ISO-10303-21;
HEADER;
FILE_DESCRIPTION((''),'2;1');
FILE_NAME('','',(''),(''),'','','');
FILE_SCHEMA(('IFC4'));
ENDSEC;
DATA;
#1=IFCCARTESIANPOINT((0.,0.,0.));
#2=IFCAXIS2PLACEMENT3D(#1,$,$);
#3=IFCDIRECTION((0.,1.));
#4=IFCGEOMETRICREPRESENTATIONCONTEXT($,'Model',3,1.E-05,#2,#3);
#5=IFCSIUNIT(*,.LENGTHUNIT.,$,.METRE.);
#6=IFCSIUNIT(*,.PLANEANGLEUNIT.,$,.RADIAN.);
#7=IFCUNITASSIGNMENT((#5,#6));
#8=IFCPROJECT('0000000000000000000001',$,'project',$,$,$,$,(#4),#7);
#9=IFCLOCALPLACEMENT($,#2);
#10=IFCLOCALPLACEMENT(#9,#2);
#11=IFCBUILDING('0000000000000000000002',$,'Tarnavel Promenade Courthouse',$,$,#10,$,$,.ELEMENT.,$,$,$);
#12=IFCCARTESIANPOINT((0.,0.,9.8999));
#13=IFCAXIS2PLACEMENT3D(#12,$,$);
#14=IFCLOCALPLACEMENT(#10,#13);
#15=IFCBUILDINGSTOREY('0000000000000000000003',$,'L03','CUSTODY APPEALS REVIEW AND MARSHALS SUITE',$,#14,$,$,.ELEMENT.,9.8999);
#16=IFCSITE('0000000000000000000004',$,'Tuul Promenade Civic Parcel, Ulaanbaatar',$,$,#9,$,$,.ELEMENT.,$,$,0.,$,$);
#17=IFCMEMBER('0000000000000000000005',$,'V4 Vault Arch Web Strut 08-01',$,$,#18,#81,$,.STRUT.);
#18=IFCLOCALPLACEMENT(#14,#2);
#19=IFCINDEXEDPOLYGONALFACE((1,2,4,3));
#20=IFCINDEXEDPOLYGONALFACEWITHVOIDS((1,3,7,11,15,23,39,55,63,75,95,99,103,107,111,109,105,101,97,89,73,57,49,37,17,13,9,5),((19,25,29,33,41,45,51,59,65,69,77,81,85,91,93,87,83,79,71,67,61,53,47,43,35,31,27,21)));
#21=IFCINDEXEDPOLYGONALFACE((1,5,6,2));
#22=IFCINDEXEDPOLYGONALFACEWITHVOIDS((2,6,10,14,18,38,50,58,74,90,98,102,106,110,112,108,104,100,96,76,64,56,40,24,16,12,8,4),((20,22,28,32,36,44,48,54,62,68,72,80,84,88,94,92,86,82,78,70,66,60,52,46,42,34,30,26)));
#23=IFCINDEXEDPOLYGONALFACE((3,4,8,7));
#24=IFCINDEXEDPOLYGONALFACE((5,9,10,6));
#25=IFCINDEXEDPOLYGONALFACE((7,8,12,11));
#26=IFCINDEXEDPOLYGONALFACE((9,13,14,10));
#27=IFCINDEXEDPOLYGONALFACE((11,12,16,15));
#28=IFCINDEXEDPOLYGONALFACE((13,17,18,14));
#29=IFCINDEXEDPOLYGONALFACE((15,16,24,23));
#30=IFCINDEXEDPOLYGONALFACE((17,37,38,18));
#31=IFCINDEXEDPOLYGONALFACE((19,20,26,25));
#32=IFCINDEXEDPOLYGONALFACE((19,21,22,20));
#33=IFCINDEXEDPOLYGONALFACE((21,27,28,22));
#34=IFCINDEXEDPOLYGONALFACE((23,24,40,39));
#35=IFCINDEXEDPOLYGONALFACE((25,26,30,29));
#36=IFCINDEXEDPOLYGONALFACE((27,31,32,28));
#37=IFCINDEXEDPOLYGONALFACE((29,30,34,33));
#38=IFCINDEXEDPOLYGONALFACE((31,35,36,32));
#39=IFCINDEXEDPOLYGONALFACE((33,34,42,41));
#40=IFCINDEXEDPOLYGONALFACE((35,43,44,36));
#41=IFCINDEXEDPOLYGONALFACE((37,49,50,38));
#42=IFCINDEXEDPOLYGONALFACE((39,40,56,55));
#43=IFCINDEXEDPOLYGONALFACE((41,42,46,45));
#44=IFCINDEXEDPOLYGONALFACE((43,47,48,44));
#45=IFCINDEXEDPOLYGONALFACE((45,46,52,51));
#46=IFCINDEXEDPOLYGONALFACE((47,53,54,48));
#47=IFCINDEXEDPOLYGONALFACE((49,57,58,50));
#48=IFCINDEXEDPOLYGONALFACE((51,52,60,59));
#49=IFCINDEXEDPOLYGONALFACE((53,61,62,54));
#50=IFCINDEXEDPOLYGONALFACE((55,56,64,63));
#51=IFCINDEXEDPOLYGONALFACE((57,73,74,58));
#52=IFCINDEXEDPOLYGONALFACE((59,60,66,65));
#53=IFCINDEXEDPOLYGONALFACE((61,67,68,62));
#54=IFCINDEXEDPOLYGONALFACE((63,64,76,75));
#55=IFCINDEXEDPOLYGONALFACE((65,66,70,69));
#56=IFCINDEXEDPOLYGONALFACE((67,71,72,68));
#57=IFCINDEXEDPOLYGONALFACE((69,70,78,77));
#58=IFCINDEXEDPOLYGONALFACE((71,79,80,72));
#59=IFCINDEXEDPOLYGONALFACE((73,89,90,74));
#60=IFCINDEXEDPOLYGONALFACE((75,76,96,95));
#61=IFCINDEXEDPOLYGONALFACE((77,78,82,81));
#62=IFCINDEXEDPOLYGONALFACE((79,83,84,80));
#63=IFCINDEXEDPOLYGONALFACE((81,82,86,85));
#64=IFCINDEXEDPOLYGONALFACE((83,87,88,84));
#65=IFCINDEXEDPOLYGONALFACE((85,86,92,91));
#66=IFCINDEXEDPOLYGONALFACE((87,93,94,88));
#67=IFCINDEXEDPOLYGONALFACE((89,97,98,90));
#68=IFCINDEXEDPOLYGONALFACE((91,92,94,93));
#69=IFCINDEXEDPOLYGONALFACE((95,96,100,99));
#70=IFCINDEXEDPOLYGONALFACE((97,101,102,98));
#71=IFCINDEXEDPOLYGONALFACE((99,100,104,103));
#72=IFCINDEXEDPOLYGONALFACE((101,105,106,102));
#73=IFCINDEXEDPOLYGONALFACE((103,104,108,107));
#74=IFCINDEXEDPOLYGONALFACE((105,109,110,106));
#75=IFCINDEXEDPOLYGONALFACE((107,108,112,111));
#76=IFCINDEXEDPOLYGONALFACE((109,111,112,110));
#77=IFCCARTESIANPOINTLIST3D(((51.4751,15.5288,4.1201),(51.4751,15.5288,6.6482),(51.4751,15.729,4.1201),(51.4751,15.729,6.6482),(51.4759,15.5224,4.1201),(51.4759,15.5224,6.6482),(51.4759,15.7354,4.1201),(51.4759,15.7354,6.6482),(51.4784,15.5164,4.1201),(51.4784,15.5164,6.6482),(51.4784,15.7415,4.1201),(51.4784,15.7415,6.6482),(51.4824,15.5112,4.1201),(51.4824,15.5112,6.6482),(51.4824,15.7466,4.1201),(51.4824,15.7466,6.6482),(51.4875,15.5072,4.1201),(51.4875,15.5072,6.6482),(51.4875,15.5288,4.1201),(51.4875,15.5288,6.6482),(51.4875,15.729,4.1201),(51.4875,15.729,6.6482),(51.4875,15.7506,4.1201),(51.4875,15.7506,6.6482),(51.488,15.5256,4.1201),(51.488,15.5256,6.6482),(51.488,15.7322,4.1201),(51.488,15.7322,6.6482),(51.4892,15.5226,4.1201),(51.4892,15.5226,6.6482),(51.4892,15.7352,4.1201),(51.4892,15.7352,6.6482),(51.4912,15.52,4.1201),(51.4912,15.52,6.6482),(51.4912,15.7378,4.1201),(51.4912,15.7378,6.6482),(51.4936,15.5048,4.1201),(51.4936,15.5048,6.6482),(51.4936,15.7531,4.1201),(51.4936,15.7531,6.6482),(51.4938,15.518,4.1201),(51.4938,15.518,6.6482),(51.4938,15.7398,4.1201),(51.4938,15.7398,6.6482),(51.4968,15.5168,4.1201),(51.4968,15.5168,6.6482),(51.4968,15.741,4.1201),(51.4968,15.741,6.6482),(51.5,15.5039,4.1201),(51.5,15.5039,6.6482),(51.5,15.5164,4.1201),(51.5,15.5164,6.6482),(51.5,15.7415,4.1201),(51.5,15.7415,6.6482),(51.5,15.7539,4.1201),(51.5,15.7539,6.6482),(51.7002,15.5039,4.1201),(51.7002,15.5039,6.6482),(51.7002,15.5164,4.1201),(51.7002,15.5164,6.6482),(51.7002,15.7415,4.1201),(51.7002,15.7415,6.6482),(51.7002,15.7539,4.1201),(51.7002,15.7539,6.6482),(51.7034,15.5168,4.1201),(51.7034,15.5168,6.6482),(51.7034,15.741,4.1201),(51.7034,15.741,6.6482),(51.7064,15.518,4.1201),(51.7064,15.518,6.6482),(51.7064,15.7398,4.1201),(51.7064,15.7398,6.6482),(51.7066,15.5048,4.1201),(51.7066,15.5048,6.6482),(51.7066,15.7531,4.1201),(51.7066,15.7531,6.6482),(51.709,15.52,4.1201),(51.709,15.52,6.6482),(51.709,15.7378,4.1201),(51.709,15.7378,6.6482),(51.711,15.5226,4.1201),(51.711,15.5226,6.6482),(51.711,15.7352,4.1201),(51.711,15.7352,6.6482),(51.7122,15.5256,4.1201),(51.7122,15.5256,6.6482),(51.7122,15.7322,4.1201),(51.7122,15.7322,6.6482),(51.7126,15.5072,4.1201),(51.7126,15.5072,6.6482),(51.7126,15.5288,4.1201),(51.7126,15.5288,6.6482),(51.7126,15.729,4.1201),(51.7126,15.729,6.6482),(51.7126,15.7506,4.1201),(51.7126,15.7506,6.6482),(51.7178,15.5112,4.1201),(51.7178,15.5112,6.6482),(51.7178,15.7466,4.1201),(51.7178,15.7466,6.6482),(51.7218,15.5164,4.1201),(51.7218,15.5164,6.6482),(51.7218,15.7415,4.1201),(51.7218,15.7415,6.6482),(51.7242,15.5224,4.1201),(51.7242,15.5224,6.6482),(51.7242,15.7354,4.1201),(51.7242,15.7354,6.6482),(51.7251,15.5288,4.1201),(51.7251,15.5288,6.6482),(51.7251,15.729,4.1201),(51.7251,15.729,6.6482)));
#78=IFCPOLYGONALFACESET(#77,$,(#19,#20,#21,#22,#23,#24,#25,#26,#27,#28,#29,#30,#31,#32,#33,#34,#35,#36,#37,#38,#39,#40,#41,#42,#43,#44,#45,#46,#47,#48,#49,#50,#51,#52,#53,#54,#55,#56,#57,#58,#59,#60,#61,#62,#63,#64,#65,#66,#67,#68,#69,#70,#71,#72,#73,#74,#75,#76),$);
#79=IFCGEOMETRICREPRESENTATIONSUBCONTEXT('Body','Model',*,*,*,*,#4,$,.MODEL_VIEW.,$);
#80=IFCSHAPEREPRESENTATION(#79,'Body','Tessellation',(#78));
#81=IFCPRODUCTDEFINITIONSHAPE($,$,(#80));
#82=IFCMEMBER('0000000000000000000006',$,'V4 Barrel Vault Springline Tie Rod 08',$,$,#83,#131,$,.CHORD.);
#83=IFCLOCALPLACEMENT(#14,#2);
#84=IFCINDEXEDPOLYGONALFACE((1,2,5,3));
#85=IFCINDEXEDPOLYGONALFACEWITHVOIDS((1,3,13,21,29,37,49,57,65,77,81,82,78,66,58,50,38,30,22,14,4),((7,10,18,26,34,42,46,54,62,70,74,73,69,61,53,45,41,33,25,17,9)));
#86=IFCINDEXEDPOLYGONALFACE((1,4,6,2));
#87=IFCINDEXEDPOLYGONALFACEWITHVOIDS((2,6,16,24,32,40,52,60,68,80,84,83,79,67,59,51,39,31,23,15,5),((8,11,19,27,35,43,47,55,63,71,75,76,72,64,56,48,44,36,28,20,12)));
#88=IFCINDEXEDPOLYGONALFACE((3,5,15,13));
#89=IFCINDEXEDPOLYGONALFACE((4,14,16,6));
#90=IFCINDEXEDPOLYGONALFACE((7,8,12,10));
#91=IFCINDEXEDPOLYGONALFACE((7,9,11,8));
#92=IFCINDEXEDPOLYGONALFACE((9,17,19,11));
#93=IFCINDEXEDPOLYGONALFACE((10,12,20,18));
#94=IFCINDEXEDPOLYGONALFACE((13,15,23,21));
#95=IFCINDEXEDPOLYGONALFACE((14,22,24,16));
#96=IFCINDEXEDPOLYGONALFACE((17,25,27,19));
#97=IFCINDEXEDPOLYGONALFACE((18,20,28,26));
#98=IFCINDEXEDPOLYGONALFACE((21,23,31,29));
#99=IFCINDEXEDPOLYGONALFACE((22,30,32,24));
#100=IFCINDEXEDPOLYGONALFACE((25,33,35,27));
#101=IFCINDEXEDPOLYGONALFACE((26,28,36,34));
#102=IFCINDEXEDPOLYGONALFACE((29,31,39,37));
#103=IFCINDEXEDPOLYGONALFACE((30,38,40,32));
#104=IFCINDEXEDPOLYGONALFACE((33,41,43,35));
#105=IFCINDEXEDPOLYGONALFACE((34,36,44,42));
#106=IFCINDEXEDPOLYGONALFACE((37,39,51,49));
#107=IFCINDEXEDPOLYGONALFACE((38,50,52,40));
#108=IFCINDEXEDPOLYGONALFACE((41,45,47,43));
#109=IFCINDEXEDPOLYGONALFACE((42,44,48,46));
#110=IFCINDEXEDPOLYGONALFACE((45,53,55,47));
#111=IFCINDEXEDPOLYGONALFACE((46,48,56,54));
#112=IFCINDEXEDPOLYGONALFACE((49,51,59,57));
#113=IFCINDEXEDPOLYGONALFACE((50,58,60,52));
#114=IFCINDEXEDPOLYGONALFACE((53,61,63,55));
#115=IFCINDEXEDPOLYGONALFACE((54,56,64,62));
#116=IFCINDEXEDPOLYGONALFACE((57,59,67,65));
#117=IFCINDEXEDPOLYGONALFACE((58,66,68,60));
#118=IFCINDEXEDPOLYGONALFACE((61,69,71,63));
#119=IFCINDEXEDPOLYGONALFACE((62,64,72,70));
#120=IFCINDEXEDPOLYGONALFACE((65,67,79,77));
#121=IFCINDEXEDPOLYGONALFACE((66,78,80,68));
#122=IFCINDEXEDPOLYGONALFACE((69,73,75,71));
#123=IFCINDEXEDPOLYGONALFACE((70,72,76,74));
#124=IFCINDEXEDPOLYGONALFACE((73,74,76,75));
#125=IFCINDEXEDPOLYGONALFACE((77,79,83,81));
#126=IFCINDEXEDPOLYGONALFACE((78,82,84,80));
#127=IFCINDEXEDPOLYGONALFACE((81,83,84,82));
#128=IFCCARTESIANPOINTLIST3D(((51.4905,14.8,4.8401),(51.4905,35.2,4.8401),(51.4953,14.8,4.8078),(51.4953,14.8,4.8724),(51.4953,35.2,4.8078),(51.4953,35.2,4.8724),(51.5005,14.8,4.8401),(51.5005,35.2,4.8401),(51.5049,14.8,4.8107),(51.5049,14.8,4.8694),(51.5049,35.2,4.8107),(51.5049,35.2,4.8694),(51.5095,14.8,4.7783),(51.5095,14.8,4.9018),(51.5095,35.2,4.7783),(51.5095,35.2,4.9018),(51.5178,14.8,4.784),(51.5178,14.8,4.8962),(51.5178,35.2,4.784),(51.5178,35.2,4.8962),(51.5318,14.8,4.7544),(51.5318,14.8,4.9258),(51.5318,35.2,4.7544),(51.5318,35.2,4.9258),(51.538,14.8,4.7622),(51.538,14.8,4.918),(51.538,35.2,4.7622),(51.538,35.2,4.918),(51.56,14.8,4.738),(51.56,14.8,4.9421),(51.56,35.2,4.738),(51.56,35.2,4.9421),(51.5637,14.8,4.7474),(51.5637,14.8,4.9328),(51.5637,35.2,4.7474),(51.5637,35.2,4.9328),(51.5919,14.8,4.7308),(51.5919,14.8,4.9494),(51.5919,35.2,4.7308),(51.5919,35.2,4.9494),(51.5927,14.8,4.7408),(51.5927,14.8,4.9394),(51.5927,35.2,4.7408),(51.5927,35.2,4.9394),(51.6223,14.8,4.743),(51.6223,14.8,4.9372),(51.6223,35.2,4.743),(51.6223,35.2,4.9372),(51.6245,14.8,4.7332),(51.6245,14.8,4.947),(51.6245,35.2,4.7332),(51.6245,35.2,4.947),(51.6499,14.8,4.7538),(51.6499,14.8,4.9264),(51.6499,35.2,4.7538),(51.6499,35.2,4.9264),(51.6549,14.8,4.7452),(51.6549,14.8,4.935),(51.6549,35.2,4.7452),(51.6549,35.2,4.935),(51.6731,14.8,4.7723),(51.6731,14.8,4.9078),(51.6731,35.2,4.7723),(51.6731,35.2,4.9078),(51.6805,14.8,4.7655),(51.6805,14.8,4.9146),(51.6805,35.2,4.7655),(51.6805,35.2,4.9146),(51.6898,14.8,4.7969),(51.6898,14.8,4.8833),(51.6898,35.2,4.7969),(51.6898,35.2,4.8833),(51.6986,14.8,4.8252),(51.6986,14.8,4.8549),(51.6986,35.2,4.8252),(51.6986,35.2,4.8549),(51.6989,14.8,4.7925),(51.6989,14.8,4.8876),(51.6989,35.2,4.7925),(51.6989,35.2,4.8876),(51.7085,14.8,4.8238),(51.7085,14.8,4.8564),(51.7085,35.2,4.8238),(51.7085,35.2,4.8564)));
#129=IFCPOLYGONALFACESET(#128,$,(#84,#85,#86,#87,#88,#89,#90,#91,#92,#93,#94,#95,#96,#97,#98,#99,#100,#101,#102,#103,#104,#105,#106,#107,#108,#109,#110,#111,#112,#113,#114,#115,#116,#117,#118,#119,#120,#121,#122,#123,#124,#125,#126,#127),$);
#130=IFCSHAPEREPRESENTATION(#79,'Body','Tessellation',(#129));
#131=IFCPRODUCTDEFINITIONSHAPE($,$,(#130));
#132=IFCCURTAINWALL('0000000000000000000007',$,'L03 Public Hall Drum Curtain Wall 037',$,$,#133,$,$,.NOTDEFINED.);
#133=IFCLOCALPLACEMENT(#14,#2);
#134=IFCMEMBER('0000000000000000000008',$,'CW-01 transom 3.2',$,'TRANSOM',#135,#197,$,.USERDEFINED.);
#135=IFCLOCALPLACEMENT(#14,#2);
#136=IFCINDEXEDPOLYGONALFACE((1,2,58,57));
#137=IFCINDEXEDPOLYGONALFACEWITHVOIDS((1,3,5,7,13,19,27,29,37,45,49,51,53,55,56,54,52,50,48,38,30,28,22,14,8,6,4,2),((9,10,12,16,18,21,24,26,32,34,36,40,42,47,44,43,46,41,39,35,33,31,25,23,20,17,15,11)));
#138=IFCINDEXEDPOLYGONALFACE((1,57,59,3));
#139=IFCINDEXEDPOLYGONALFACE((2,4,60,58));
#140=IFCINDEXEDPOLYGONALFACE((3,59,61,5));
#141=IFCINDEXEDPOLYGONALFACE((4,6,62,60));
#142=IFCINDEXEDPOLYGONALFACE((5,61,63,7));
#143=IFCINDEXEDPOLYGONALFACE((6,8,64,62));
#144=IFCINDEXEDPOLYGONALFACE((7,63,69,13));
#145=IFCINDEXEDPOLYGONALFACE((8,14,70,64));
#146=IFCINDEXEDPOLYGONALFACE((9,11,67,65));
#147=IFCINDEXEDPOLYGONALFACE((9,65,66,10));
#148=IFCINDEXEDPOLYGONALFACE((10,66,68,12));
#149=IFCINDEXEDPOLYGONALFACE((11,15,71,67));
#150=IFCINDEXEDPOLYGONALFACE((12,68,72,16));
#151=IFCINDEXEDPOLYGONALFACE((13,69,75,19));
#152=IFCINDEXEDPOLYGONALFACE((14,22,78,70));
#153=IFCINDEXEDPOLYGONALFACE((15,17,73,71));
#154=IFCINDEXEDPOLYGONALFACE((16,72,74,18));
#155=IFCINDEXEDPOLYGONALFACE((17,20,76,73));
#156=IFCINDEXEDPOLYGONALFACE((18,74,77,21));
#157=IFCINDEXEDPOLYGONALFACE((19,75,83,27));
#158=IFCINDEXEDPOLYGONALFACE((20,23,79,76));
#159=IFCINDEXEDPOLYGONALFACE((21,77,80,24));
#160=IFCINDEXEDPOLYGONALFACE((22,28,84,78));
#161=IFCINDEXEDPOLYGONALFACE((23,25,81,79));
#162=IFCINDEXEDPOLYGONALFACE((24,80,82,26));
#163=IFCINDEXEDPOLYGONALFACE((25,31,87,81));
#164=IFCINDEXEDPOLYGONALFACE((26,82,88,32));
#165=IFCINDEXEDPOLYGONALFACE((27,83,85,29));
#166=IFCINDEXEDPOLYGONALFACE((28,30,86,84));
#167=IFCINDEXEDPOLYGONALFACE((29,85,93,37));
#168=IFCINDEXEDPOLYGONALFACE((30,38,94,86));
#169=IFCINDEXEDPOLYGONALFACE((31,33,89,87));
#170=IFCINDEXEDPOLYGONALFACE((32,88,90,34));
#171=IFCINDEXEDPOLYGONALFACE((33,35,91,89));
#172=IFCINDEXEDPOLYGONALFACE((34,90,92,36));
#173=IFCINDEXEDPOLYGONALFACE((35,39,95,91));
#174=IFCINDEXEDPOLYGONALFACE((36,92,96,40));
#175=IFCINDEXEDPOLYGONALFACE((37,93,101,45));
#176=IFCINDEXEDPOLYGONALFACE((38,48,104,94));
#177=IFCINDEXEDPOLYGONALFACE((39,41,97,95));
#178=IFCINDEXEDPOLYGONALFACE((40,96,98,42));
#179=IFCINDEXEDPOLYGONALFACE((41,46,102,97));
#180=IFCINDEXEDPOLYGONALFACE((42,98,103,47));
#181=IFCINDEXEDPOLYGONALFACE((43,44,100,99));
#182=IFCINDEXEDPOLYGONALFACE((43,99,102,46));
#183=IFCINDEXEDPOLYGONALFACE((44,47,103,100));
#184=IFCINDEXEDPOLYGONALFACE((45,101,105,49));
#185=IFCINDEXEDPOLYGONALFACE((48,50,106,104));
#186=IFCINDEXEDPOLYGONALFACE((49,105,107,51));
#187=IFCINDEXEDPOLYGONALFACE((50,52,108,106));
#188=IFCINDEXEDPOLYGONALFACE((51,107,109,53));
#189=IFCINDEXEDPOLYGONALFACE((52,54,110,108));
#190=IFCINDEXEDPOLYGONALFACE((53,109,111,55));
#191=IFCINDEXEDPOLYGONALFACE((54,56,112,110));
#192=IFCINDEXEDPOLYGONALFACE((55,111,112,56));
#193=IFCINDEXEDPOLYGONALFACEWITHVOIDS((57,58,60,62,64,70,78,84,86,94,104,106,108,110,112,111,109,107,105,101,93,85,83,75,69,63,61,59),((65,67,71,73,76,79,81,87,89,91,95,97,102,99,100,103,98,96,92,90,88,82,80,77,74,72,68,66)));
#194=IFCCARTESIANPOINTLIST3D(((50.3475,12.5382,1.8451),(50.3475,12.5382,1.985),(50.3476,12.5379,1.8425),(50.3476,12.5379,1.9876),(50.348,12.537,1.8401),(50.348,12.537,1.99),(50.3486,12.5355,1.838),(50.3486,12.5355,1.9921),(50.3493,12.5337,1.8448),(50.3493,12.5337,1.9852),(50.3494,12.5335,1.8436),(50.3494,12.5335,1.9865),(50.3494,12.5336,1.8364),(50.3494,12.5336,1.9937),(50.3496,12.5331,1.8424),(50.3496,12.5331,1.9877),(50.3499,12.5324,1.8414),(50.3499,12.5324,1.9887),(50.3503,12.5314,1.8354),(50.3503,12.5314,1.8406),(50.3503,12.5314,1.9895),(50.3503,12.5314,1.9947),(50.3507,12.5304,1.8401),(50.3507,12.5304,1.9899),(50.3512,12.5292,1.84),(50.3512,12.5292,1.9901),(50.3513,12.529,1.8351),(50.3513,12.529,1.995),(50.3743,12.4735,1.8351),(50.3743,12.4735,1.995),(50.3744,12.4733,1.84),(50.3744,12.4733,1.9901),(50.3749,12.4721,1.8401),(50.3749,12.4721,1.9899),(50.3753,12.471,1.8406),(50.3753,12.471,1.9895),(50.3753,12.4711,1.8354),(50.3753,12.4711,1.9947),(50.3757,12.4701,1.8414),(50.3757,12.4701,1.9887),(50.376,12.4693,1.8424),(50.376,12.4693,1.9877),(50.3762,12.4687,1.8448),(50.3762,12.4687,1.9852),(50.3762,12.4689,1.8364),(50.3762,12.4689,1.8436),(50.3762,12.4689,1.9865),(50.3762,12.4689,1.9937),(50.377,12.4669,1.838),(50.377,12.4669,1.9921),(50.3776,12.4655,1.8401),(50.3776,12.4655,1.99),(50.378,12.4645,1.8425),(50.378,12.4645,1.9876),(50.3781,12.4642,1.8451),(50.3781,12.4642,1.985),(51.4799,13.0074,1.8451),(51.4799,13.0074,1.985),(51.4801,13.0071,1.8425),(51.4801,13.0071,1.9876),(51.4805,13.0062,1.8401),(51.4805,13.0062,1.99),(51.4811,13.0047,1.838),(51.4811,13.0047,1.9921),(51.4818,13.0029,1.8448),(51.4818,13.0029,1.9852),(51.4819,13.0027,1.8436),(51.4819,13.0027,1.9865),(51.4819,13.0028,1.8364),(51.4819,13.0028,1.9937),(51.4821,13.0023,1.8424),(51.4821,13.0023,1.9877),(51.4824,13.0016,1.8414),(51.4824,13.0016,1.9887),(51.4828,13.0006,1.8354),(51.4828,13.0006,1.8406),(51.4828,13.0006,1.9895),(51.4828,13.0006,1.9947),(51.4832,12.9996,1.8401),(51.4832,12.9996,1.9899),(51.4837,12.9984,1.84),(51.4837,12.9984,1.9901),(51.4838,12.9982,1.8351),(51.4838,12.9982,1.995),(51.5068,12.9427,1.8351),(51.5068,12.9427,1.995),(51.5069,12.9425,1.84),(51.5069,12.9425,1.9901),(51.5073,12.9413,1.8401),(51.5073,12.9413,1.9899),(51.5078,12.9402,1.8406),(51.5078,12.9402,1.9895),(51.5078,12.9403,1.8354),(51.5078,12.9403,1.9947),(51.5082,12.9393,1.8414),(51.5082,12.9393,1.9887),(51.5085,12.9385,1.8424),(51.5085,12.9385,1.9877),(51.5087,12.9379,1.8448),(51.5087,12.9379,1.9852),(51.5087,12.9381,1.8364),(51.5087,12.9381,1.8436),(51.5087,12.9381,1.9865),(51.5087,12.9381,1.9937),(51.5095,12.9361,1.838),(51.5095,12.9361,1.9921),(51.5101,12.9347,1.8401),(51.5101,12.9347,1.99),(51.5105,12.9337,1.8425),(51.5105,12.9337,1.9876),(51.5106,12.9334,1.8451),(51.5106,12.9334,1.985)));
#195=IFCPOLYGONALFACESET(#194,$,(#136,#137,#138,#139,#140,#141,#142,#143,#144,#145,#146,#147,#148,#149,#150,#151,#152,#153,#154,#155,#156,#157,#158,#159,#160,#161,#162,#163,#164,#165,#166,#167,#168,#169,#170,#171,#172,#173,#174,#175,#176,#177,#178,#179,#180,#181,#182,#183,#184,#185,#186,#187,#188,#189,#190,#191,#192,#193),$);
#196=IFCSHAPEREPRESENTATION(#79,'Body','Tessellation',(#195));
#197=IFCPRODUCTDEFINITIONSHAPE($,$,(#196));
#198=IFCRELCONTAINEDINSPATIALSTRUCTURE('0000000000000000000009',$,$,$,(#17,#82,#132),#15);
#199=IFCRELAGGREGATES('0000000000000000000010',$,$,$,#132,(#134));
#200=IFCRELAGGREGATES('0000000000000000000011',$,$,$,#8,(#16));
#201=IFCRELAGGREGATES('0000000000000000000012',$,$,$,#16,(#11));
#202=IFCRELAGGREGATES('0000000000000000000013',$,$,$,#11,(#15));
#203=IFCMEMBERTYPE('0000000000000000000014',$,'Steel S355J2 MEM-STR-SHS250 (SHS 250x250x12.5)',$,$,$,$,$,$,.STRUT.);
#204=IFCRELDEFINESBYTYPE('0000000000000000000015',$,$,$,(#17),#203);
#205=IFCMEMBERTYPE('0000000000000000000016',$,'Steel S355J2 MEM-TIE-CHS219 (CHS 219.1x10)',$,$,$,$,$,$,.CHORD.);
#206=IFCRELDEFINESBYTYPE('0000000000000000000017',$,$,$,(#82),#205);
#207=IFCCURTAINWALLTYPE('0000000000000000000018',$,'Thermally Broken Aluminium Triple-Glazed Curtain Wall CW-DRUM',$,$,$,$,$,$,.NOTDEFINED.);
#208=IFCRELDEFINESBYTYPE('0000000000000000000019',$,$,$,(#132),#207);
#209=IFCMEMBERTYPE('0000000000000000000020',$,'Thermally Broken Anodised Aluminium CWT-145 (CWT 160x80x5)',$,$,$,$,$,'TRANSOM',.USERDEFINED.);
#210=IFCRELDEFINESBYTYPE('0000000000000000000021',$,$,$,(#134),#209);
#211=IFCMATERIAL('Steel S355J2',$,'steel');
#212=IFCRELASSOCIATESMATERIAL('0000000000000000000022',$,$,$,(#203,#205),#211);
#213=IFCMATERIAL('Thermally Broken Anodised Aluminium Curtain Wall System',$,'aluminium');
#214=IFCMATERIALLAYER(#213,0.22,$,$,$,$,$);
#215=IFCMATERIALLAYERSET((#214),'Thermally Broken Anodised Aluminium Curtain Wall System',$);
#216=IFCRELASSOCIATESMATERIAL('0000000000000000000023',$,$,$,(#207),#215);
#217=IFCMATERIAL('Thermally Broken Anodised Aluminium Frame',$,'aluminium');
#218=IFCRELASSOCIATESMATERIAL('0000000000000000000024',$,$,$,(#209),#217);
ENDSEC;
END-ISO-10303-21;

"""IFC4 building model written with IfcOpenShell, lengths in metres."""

from ifc_helpers import new_model, si_unit, direction, frame, origin, origin_2d, place, context, subcontext, project, spatial, hollow_rectangle, hollow_circle, extrude, material, layer, layer_set, material_profile, profile_set, type_object, element, aggregate, save


model = new_model("IFC4")

# Units and contexts
model_context = context("Model", 3, precision=1e-05, world=origin(), true_north=direction((0.0, 1.0)))
body_context = subcontext(model_context, "Body", "Model", "MODEL_VIEW")
ifc_project = project(units=[si_unit("LENGTHUNIT", "METRE"), si_unit("PLANEANGLEUNIT", "RADIAN")], contexts=[model_context])

# Site, building, storey
site_placement = place(None, origin())
site = spatial("IfcSite", under=ifc_project, at=site_placement, Name="Tuul Promenade Civic Parcel, Ulaanbaatar", CompositionType="ELEMENT", RefElevation=0.0)
building_placement = place(site_placement, origin())
building = spatial("IfcBuilding", under=site, at=building_placement, Name="Tarnavel Promenade Courthouse", CompositionType="ELEMENT")
storey_placement = place(building_placement, frame((0.0, 0.0, 9.8999)))
storey = spatial("IfcBuildingStorey", under=building, at=storey_placement, Name="L03", Description="CUSTODY APPEALS REVIEW AND MARSHALS SUITE", CompositionType="ELEMENT", Elevation=9.8999)

# Shared definitions
ifc_material_1 = material(Name="Steel S355J2", Category="steel")

# Members
ifc_material_profile_1 = material_profile(ifc_material_1, hollow_rectangle(XDim=0.25, YDim=0.25, WallThickness=0.0125, InnerFilletRadius=0.0125, OuterFilletRadius=0.0249, at=origin_2d()), Name="SHS 250x250x12.5")
ifc_profile_set_1 = profile_set([ifc_material_profile_1], Name="Steel S355J2")
member_type_1 = type_object("IfcMemberType", Name="Steel S355J2 MEM-STR-SHS250 (SHS 250x250x12.5)", PredefinedType="STRUT", material=ifc_profile_set_1)
member_1_placement = place(storey_placement, frame((51.6001, 15.6289, 4.1201), z_axis=(0.0, 0.0, 1.0), x_axis=(1.0, 0.0, 0.0)))
element("IfcMember", 1, at=member_1_placement, inside=storey, type_object=member_type_1, Name="V4 Vault Arch Web Strut 08-01", PredefinedType="STRUT", context=body_context, shape_type="SweptSolid", body=[
    extrude(hollow_rectangle(XDim=0.25, YDim=0.25, WallThickness=0.0125, InnerFilletRadius=0.0125, OuterFilletRadius=0.0249, at=origin_2d()), origin(), (0.0, 0.0, 1.0), 2.5281),
])
ifc_material_profile_2 = material_profile(ifc_material_1, hollow_circle(Radius=0.1096, WallThickness=0.01, at=origin_2d()), Name="CHS 219.1x10")
ifc_profile_set_2 = profile_set([ifc_material_profile_2], Name="Steel S355J2")
member_type_2 = type_object("IfcMemberType", Name="Steel S355J2 MEM-TIE-CHS219 (CHS 219.1x10)", PredefinedType="CHORD", material=ifc_profile_set_2)
member_2_placement = place(storey_placement, frame((51.6001, 14.8, 4.8401), z_axis=(0.0, 1.0, 0.0), x_axis=(-1.0, 0.0, 0.0)))
element("IfcMember", 2, at=member_2_placement, inside=storey, type_object=member_type_2, Name="V4 Barrel Vault Springline Tie Rod 08", PredefinedType="CHORD", context=body_context, shape_type="SweptSolid", body=[
    extrude(hollow_circle(Radius=0.1096, WallThickness=0.01, at=origin_2d()), origin(), (0.0, 0.0, 1.0), 20.3999),
])

# Curtain wall, member
ifc_material_2 = material(Name="Thermally Broken Anodised Aluminium Curtain Wall System", Category="aluminium")
ifc_layer_1 = layer(ifc_material_2, 0.22)
ifc_layer_set_1 = layer_set([ifc_layer_1], Name="Thermally Broken Anodised Aluminium Curtain Wall System")
curtain_wall_type = type_object("IfcCurtainWallType", Name="Thermally Broken Aluminium Triple-Glazed Curtain Wall CW-DRUM", PredefinedType="NOTDEFINED", material=ifc_layer_set_1)
curtain_wall_1_placement = place(storey_placement, origin())
curtain_wall_1 = element("IfcCurtainWall", 3, at=curtain_wall_1_placement, inside=storey, type_object=curtain_wall_type, Name="L03 Public Hall Drum Curtain Wall 037", PredefinedType="NOTDEFINED")
ifc_material_3 = material(Name="Thermally Broken Anodised Aluminium Frame", Category="aluminium")
ifc_material_profile_3 = material_profile(ifc_material_3, hollow_rectangle(XDim=0.0801, YDim=0.1599, WallThickness=0.0049, InnerFilletRadius=0.0049, OuterFilletRadius=0.01, at=origin_2d()), Name="CWT 160x80x5")
ifc_profile_set_3 = profile_set([ifc_material_profile_3], Name="Thermally Broken Anodised Aluminium Frame")
member_type_3 = type_object("IfcMemberType", Name="Thermally Broken Anodised Aluminium CWT-145 (CWT 160x80x5)", ElementType="TRANSOM", PredefinedType="USERDEFINED", material=ifc_profile_set_3)
member_3_placement = place(storey_placement, frame((50.3628, 12.5012, 1.915), z_axis=(0.923847, 0.382762, 0.0), x_axis=(-0.382762, 0.923847, 0.0)))
member_3 = element("IfcMember", 4, at=member_3_placement, type_object=member_type_3, Name="CW-01 transom 3.2", ObjectType="TRANSOM", PredefinedType="USERDEFINED", context=body_context, shape_type="SweptSolid", body=[
    extrude(hollow_rectangle(XDim=0.0801, YDim=0.1599, WallThickness=0.0049, InnerFilletRadius=0.0049, OuterFilletRadius=0.01, at=origin_2d()), origin(), (0.0, 0.0, 1.0), 1.2258),
])

aggregate(curtain_wall_1, [member_3])

save(model, "model.ifc")
